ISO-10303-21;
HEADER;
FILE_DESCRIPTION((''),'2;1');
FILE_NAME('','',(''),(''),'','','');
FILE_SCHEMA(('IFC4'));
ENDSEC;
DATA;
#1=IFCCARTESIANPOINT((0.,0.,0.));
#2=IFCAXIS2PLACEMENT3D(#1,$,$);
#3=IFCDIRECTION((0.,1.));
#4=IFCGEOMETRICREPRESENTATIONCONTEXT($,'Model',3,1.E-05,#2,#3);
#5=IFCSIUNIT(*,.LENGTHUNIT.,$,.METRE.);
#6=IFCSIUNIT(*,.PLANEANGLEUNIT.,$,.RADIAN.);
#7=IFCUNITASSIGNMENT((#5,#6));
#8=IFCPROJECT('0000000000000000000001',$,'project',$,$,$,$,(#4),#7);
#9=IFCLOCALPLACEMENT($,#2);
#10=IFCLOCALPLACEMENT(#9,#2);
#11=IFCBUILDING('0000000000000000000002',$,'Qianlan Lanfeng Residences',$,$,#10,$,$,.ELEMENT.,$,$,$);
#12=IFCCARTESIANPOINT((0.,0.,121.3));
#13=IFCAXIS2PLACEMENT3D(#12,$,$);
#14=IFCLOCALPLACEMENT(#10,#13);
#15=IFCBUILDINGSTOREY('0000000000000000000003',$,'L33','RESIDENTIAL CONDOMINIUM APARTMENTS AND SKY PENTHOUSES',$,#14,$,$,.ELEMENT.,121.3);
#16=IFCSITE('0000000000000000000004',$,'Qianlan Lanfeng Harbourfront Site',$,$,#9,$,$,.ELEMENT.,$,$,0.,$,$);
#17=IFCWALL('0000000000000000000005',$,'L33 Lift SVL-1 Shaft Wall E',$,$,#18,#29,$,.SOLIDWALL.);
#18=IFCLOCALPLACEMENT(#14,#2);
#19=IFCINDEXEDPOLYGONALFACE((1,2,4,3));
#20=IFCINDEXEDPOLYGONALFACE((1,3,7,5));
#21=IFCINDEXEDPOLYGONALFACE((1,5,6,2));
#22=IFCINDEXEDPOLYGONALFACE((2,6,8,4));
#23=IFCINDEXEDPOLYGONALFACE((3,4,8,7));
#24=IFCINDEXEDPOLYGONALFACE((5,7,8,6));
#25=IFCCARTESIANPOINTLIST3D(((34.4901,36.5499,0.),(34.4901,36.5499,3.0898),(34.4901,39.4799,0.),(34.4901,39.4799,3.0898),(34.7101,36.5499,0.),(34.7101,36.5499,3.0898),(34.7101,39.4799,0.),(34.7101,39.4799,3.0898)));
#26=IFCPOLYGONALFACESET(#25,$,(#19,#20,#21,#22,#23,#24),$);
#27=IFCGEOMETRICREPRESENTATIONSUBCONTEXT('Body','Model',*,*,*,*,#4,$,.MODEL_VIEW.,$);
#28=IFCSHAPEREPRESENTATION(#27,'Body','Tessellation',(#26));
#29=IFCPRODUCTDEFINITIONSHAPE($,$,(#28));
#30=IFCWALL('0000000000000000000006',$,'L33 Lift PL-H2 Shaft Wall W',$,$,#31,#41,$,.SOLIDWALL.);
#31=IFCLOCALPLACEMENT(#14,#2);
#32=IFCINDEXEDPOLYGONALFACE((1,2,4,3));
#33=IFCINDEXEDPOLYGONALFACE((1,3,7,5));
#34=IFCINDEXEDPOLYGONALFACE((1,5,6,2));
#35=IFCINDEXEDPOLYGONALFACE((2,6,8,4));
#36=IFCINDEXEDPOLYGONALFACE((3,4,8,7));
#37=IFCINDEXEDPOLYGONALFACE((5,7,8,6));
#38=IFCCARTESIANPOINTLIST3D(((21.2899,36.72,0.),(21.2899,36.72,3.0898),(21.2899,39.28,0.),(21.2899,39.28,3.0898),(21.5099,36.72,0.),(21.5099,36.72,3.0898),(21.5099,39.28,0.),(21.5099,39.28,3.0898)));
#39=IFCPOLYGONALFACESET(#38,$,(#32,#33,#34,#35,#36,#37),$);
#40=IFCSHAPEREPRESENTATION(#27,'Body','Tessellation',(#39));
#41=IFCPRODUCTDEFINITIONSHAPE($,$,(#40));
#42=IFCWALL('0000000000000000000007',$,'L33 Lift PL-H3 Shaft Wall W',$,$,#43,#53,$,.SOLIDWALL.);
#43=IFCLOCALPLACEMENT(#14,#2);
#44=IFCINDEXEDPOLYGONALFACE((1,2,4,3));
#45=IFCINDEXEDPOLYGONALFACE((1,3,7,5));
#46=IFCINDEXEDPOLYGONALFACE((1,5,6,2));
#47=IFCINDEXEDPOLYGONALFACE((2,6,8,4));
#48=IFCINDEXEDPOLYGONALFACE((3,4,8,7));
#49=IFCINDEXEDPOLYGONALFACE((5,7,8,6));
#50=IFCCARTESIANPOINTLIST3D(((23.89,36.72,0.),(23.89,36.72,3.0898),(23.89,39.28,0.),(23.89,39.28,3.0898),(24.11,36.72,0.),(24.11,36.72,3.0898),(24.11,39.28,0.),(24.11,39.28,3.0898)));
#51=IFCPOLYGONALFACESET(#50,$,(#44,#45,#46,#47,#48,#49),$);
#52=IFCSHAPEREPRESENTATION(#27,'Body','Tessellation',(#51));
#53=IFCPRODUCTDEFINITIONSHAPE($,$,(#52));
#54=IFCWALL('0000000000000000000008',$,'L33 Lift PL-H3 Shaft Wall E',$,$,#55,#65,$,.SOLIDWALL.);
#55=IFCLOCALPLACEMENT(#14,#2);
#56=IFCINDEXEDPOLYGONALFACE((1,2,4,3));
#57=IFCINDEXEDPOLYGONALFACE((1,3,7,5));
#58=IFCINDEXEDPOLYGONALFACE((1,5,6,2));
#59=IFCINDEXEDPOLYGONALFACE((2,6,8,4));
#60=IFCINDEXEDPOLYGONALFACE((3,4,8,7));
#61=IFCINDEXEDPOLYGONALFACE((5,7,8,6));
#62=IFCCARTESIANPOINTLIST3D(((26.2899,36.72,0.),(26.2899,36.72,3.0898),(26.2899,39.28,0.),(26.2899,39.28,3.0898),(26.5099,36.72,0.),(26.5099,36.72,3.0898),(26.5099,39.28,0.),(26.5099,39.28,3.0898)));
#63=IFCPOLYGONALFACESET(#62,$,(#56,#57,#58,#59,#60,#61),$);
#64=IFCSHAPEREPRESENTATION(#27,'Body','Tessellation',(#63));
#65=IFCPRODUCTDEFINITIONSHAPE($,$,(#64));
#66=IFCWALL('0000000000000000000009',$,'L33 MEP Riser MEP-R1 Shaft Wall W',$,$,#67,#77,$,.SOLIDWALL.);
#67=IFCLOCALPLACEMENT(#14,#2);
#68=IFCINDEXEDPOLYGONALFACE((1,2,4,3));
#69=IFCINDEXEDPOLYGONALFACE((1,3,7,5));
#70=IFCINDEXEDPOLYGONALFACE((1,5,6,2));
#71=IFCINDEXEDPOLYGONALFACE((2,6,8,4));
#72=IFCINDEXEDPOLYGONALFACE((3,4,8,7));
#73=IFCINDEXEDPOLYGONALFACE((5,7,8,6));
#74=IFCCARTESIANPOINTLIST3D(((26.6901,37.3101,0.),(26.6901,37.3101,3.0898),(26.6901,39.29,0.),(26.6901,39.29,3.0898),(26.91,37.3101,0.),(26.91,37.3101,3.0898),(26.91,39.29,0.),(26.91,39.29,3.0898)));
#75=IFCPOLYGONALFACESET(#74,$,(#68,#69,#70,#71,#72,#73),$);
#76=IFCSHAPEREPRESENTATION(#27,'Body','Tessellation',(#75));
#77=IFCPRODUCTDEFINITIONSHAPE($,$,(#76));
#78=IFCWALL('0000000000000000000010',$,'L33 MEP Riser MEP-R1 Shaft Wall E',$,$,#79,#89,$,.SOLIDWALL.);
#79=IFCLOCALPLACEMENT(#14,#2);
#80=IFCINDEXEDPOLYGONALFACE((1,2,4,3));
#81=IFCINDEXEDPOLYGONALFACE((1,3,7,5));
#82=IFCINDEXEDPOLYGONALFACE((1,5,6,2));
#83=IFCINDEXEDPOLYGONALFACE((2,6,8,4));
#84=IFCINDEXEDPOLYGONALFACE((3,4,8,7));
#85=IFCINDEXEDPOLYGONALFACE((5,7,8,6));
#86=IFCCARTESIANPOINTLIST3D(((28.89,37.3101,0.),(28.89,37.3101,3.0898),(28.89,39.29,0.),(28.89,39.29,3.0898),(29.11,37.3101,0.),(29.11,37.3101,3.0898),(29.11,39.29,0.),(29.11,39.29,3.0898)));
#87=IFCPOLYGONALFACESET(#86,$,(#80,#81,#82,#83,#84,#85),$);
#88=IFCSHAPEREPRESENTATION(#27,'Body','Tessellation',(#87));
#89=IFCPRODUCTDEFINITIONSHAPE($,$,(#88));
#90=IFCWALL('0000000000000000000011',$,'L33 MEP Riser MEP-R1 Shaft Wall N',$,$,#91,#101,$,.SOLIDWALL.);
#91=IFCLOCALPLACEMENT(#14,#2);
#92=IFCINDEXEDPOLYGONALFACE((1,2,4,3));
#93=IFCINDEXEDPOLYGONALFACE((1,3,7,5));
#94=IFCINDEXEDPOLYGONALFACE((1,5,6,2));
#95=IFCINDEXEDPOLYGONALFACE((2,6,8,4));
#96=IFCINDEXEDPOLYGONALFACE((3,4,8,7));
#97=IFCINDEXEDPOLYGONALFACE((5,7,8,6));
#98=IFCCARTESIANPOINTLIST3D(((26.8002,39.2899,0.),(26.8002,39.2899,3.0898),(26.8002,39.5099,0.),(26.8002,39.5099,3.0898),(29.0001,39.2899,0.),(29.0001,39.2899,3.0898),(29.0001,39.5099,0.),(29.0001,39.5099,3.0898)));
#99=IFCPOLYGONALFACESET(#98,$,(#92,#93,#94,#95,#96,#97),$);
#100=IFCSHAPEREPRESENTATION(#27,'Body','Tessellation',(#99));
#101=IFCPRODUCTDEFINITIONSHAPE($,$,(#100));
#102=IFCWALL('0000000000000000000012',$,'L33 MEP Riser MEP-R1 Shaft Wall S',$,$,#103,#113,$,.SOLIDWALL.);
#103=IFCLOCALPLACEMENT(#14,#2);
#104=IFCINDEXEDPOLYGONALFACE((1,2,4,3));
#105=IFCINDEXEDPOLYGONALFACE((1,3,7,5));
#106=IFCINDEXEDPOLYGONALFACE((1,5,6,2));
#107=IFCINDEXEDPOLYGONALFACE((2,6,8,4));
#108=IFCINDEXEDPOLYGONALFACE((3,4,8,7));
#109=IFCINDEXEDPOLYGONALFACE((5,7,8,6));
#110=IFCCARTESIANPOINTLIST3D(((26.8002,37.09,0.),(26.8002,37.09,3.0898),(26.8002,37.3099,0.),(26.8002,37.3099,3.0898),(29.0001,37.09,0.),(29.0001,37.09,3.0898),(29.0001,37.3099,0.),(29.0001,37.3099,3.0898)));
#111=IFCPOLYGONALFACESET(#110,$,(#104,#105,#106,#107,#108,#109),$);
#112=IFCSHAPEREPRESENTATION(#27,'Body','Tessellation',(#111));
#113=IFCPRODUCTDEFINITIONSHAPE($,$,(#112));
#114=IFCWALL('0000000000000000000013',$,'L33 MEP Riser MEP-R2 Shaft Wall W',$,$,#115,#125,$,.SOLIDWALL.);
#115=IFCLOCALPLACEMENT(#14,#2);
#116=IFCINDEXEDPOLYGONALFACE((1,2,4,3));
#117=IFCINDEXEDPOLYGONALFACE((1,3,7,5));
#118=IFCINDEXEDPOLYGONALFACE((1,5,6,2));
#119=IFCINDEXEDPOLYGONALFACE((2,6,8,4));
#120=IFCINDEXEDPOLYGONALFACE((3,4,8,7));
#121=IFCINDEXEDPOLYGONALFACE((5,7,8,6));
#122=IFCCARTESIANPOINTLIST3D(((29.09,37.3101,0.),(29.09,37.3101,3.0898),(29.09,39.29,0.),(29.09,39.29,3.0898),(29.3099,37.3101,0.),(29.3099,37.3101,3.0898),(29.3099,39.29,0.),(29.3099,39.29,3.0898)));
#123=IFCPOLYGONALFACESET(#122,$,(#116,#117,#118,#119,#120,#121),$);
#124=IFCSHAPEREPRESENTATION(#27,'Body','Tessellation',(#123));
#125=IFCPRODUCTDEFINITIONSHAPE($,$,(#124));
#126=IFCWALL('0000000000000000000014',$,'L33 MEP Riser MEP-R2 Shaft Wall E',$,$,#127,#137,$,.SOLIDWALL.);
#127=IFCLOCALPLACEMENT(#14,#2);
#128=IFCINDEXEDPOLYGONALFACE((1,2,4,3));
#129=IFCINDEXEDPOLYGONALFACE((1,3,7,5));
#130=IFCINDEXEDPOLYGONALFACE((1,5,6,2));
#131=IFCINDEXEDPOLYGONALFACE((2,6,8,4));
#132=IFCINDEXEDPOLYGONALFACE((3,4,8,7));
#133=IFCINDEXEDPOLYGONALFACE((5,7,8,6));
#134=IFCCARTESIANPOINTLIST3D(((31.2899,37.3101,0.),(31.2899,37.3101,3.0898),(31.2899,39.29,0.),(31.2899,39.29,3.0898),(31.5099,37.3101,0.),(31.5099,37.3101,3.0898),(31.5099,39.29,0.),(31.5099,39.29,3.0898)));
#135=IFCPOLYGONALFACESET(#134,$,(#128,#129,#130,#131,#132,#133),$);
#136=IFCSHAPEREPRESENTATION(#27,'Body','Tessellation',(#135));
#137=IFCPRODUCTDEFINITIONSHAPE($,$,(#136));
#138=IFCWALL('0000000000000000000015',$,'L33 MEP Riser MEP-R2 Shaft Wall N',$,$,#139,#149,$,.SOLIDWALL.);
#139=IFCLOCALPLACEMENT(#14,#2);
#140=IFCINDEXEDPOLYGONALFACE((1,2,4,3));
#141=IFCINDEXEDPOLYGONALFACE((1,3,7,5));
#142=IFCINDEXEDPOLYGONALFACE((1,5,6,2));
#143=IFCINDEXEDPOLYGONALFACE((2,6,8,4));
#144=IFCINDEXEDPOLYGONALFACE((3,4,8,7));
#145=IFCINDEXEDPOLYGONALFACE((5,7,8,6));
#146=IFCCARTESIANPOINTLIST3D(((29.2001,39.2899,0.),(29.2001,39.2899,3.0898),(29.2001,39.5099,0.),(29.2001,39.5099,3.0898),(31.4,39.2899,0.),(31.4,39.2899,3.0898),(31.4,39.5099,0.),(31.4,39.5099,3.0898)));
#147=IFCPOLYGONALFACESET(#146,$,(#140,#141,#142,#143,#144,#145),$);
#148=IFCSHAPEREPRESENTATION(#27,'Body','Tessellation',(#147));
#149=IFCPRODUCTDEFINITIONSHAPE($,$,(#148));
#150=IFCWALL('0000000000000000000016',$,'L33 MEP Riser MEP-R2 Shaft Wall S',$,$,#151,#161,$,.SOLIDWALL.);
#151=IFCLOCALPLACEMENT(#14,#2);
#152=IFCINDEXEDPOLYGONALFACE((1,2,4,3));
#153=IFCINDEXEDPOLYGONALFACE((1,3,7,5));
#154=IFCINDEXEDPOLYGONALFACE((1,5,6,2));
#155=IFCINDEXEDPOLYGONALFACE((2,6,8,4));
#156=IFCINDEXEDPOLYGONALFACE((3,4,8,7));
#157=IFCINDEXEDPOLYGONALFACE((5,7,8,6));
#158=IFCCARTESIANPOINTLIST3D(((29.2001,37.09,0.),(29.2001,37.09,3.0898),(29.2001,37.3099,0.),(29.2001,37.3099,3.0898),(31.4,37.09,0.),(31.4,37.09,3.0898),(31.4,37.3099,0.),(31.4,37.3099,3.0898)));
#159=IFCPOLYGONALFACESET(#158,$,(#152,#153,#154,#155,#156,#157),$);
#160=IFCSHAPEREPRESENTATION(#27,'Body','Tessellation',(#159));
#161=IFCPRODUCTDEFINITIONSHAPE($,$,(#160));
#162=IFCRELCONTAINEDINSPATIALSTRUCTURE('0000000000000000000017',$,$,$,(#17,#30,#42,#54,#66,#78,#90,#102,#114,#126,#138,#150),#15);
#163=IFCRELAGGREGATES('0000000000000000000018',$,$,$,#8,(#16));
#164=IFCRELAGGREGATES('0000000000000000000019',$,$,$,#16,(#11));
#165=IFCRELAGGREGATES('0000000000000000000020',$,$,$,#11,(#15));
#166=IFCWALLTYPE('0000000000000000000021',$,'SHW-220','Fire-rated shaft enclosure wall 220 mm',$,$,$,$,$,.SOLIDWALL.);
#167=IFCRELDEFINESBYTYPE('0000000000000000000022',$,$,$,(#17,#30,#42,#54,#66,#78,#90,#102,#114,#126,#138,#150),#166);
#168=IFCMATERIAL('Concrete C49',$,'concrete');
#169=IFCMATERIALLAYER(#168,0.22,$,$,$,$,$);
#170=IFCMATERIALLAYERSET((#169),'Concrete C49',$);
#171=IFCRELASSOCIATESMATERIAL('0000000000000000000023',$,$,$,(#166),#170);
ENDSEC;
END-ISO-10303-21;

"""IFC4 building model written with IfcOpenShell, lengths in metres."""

from ifc_helpers import new_model, si_unit, direction, frame, frame_2d, origin, place, context, subcontext, project, spatial, rectangle, extrude, material, layer, layer_set, type_object, element, save


model = new_model("IFC4")

# Units and contexts
model_context = context("Model", 3, precision=1e-05, world=origin(), true_north=direction((0.0, 1.0)))
body_context = subcontext(model_context, "Body", "Model", "MODEL_VIEW")
ifc_project = project(units=[si_unit("LENGTHUNIT", "METRE"), si_unit("PLANEANGLEUNIT", "RADIAN")], contexts=[model_context])

# Site, building, storey
site_placement = place(None, origin())
site = spatial("IfcSite", under=ifc_project, at=site_placement, Name="Qianlan Lanfeng Harbourfront Site", CompositionType="ELEMENT", RefElevation=0.0)
building_placement = place(site_placement, origin())
building = spatial("IfcBuilding", under=site, at=building_placement, Name="Qianlan Lanfeng Residences", CompositionType="ELEMENT")
storey_placement = place(building_placement, frame((0.0, 0.0, 121.3)))
storey = spatial("IfcBuildingStorey", under=building, at=storey_placement, Name="L33", Description="RESIDENTIAL CONDOMINIUM APARTMENTS AND SKY PENTHOUSES", CompositionType="ELEMENT", Elevation=121.3)

# Walls
ifc_material_1 = material(Name="Concrete C49", Category="concrete")
ifc_layer_1 = layer(ifc_material_1, 0.22)
ifc_layer_set_1 = layer_set([ifc_layer_1], Name="Concrete C49")
wall_type_1 = type_object("IfcWallType", Name="SHW-220", Description="Fire-rated shaft enclosure wall 220 mm", PredefinedType="SOLIDWALL", material=ifc_layer_set_1)
for number, where, z_axis, x_axis, name in (
    (1, (34.6001, 36.55, 0.0), (0.0, 0.0, 1.0), (0.0, 1.0, 0.0), "L33 Lift SVL-1 Shaft Wall E"),
):
    element("IfcWall", number, at=place(storey_placement, frame(where, z_axis=z_axis, x_axis=x_axis)), inside=storey, type_object=wall_type_1, Name=name, PredefinedType="SOLIDWALL", context=body_context, shape_type="SweptSolid", body=[
        extrude(rectangle(XDim=2.9299, YDim=0.22, at=frame_2d((1.4648, 0.0))), origin(), (0.0, 0.0, 1.0), 3.0898),
    ])
for number, where, z_axis, x_axis, name in (
    (2, (21.3999, 36.72, 0.0), (0.0, 0.0, 1.0), (0.0, 1.0, 0.0), "L33 Lift PL-H2 Shaft Wall W"),
    (3, (24.0, 36.72, 0.0), (0.0, 0.0, 1.0), (0.0, 1.0, 0.0), "L33 Lift PL-H3 Shaft Wall W"),
    (4, (26.3999, 36.72, 0.0), (0.0, 0.0, 1.0), (0.0, 1.0, 0.0), "L33 Lift PL-H3 Shaft Wall E"),
):
    element("IfcWall", number, at=place(storey_placement, frame(where, z_axis=z_axis, x_axis=x_axis)), inside=storey, type_object=wall_type_1, Name=name, PredefinedType="SOLIDWALL", context=body_context, shape_type="SweptSolid", body=[
        extrude(rectangle(XDim=2.5601, YDim=0.22, at=frame_2d((1.28, 0.0))), origin(), (0.0, 0.0, 1.0), 3.0898),
    ])
for number, where, z_axis, x_axis, name in (
    (5, (26.8, 37.3101, 0.0), (0.0, 0.0, 1.0), (0.0, 1.0, 0.0), "L33 MEP Riser MEP-R1 Shaft Wall W"),
    (6, (29.0, 37.3101, 0.0), (0.0, 0.0, 1.0), (0.0, 1.0, 0.0), "L33 MEP Riser MEP-R1 Shaft Wall E"),
):
    element("IfcWall", number, at=place(storey_placement, frame(where, z_axis=z_axis, x_axis=x_axis)), inside=storey, type_object=wall_type_1, Name=name, PredefinedType="SOLIDWALL", context=body_context, shape_type="SweptSolid", body=[
        extrude(rectangle(XDim=1.98, YDim=0.22, at=frame_2d((0.99, 0.0))), origin(), (0.0, 0.0, 1.0), 3.0898),
    ])
for number, where, z_axis, x_axis, name in (
    (7, (26.8, 39.3999, 0.0), (0.0, 0.0, 1.0), (1.0, 0.0, 0.0), "L33 MEP Riser MEP-R1 Shaft Wall N"),
    (8, (26.8, 37.2, 0.0), (0.0, 0.0, 1.0), (1.0, 0.0, 0.0), "L33 MEP Riser MEP-R1 Shaft Wall S"),
):
    element("IfcWall", number, at=place(storey_placement, frame(where, z_axis=z_axis, x_axis=x_axis)), inside=storey, type_object=wall_type_1, Name=name, PredefinedType="SOLIDWALL", context=body_context, shape_type="SweptSolid", body=[
        extrude(rectangle(XDim=2.2, YDim=0.22, at=frame_2d((1.1001, 0.0))), origin(), (0.0, 0.0, 1.0), 3.0898),
    ])
for number, where, z_axis, x_axis, name in (
    (9, (29.2, 37.3101, 0.0), (0.0, 0.0, 1.0), (0.0, 1.0, 0.0), "L33 MEP Riser MEP-R2 Shaft Wall W"),
    (10, (31.3999, 37.3101, 0.0), (0.0, 0.0, 1.0), (0.0, 1.0, 0.0), "L33 MEP Riser MEP-R2 Shaft Wall E"),
):
    element("IfcWall", number, at=place(storey_placement, frame(where, z_axis=z_axis, x_axis=x_axis)), inside=storey, type_object=wall_type_1, Name=name, PredefinedType="SOLIDWALL", context=body_context, shape_type="SweptSolid", body=[
        extrude(rectangle(XDim=1.98, YDim=0.22, at=frame_2d((0.99, 0.0))), origin(), (0.0, 0.0, 1.0), 3.0898),
    ])
for number, where, z_axis, x_axis, name in (
    (11, (29.2, 39.3999, 0.0), (0.0, 0.0, 1.0), (1.0, 0.0, 0.0), "L33 MEP Riser MEP-R2 Shaft Wall N"),
    (12, (29.2, 37.2, 0.0), (0.0, 0.0, 1.0), (1.0, 0.0, 0.0), "L33 MEP Riser MEP-R2 Shaft Wall S"),
):
    element("IfcWall", number, at=place(storey_placement, frame(where, z_axis=z_axis, x_axis=x_axis)), inside=storey, type_object=wall_type_1, Name=name, PredefinedType="SOLIDWALL", context=body_context, shape_type="SweptSolid", body=[
        extrude(rectangle(XDim=2.2, YDim=0.22, at=frame_2d((1.1001, 0.0))), origin(), (0.0, 0.0, 1.0), 3.0898),
    ])

save(model, "model.ifc")
